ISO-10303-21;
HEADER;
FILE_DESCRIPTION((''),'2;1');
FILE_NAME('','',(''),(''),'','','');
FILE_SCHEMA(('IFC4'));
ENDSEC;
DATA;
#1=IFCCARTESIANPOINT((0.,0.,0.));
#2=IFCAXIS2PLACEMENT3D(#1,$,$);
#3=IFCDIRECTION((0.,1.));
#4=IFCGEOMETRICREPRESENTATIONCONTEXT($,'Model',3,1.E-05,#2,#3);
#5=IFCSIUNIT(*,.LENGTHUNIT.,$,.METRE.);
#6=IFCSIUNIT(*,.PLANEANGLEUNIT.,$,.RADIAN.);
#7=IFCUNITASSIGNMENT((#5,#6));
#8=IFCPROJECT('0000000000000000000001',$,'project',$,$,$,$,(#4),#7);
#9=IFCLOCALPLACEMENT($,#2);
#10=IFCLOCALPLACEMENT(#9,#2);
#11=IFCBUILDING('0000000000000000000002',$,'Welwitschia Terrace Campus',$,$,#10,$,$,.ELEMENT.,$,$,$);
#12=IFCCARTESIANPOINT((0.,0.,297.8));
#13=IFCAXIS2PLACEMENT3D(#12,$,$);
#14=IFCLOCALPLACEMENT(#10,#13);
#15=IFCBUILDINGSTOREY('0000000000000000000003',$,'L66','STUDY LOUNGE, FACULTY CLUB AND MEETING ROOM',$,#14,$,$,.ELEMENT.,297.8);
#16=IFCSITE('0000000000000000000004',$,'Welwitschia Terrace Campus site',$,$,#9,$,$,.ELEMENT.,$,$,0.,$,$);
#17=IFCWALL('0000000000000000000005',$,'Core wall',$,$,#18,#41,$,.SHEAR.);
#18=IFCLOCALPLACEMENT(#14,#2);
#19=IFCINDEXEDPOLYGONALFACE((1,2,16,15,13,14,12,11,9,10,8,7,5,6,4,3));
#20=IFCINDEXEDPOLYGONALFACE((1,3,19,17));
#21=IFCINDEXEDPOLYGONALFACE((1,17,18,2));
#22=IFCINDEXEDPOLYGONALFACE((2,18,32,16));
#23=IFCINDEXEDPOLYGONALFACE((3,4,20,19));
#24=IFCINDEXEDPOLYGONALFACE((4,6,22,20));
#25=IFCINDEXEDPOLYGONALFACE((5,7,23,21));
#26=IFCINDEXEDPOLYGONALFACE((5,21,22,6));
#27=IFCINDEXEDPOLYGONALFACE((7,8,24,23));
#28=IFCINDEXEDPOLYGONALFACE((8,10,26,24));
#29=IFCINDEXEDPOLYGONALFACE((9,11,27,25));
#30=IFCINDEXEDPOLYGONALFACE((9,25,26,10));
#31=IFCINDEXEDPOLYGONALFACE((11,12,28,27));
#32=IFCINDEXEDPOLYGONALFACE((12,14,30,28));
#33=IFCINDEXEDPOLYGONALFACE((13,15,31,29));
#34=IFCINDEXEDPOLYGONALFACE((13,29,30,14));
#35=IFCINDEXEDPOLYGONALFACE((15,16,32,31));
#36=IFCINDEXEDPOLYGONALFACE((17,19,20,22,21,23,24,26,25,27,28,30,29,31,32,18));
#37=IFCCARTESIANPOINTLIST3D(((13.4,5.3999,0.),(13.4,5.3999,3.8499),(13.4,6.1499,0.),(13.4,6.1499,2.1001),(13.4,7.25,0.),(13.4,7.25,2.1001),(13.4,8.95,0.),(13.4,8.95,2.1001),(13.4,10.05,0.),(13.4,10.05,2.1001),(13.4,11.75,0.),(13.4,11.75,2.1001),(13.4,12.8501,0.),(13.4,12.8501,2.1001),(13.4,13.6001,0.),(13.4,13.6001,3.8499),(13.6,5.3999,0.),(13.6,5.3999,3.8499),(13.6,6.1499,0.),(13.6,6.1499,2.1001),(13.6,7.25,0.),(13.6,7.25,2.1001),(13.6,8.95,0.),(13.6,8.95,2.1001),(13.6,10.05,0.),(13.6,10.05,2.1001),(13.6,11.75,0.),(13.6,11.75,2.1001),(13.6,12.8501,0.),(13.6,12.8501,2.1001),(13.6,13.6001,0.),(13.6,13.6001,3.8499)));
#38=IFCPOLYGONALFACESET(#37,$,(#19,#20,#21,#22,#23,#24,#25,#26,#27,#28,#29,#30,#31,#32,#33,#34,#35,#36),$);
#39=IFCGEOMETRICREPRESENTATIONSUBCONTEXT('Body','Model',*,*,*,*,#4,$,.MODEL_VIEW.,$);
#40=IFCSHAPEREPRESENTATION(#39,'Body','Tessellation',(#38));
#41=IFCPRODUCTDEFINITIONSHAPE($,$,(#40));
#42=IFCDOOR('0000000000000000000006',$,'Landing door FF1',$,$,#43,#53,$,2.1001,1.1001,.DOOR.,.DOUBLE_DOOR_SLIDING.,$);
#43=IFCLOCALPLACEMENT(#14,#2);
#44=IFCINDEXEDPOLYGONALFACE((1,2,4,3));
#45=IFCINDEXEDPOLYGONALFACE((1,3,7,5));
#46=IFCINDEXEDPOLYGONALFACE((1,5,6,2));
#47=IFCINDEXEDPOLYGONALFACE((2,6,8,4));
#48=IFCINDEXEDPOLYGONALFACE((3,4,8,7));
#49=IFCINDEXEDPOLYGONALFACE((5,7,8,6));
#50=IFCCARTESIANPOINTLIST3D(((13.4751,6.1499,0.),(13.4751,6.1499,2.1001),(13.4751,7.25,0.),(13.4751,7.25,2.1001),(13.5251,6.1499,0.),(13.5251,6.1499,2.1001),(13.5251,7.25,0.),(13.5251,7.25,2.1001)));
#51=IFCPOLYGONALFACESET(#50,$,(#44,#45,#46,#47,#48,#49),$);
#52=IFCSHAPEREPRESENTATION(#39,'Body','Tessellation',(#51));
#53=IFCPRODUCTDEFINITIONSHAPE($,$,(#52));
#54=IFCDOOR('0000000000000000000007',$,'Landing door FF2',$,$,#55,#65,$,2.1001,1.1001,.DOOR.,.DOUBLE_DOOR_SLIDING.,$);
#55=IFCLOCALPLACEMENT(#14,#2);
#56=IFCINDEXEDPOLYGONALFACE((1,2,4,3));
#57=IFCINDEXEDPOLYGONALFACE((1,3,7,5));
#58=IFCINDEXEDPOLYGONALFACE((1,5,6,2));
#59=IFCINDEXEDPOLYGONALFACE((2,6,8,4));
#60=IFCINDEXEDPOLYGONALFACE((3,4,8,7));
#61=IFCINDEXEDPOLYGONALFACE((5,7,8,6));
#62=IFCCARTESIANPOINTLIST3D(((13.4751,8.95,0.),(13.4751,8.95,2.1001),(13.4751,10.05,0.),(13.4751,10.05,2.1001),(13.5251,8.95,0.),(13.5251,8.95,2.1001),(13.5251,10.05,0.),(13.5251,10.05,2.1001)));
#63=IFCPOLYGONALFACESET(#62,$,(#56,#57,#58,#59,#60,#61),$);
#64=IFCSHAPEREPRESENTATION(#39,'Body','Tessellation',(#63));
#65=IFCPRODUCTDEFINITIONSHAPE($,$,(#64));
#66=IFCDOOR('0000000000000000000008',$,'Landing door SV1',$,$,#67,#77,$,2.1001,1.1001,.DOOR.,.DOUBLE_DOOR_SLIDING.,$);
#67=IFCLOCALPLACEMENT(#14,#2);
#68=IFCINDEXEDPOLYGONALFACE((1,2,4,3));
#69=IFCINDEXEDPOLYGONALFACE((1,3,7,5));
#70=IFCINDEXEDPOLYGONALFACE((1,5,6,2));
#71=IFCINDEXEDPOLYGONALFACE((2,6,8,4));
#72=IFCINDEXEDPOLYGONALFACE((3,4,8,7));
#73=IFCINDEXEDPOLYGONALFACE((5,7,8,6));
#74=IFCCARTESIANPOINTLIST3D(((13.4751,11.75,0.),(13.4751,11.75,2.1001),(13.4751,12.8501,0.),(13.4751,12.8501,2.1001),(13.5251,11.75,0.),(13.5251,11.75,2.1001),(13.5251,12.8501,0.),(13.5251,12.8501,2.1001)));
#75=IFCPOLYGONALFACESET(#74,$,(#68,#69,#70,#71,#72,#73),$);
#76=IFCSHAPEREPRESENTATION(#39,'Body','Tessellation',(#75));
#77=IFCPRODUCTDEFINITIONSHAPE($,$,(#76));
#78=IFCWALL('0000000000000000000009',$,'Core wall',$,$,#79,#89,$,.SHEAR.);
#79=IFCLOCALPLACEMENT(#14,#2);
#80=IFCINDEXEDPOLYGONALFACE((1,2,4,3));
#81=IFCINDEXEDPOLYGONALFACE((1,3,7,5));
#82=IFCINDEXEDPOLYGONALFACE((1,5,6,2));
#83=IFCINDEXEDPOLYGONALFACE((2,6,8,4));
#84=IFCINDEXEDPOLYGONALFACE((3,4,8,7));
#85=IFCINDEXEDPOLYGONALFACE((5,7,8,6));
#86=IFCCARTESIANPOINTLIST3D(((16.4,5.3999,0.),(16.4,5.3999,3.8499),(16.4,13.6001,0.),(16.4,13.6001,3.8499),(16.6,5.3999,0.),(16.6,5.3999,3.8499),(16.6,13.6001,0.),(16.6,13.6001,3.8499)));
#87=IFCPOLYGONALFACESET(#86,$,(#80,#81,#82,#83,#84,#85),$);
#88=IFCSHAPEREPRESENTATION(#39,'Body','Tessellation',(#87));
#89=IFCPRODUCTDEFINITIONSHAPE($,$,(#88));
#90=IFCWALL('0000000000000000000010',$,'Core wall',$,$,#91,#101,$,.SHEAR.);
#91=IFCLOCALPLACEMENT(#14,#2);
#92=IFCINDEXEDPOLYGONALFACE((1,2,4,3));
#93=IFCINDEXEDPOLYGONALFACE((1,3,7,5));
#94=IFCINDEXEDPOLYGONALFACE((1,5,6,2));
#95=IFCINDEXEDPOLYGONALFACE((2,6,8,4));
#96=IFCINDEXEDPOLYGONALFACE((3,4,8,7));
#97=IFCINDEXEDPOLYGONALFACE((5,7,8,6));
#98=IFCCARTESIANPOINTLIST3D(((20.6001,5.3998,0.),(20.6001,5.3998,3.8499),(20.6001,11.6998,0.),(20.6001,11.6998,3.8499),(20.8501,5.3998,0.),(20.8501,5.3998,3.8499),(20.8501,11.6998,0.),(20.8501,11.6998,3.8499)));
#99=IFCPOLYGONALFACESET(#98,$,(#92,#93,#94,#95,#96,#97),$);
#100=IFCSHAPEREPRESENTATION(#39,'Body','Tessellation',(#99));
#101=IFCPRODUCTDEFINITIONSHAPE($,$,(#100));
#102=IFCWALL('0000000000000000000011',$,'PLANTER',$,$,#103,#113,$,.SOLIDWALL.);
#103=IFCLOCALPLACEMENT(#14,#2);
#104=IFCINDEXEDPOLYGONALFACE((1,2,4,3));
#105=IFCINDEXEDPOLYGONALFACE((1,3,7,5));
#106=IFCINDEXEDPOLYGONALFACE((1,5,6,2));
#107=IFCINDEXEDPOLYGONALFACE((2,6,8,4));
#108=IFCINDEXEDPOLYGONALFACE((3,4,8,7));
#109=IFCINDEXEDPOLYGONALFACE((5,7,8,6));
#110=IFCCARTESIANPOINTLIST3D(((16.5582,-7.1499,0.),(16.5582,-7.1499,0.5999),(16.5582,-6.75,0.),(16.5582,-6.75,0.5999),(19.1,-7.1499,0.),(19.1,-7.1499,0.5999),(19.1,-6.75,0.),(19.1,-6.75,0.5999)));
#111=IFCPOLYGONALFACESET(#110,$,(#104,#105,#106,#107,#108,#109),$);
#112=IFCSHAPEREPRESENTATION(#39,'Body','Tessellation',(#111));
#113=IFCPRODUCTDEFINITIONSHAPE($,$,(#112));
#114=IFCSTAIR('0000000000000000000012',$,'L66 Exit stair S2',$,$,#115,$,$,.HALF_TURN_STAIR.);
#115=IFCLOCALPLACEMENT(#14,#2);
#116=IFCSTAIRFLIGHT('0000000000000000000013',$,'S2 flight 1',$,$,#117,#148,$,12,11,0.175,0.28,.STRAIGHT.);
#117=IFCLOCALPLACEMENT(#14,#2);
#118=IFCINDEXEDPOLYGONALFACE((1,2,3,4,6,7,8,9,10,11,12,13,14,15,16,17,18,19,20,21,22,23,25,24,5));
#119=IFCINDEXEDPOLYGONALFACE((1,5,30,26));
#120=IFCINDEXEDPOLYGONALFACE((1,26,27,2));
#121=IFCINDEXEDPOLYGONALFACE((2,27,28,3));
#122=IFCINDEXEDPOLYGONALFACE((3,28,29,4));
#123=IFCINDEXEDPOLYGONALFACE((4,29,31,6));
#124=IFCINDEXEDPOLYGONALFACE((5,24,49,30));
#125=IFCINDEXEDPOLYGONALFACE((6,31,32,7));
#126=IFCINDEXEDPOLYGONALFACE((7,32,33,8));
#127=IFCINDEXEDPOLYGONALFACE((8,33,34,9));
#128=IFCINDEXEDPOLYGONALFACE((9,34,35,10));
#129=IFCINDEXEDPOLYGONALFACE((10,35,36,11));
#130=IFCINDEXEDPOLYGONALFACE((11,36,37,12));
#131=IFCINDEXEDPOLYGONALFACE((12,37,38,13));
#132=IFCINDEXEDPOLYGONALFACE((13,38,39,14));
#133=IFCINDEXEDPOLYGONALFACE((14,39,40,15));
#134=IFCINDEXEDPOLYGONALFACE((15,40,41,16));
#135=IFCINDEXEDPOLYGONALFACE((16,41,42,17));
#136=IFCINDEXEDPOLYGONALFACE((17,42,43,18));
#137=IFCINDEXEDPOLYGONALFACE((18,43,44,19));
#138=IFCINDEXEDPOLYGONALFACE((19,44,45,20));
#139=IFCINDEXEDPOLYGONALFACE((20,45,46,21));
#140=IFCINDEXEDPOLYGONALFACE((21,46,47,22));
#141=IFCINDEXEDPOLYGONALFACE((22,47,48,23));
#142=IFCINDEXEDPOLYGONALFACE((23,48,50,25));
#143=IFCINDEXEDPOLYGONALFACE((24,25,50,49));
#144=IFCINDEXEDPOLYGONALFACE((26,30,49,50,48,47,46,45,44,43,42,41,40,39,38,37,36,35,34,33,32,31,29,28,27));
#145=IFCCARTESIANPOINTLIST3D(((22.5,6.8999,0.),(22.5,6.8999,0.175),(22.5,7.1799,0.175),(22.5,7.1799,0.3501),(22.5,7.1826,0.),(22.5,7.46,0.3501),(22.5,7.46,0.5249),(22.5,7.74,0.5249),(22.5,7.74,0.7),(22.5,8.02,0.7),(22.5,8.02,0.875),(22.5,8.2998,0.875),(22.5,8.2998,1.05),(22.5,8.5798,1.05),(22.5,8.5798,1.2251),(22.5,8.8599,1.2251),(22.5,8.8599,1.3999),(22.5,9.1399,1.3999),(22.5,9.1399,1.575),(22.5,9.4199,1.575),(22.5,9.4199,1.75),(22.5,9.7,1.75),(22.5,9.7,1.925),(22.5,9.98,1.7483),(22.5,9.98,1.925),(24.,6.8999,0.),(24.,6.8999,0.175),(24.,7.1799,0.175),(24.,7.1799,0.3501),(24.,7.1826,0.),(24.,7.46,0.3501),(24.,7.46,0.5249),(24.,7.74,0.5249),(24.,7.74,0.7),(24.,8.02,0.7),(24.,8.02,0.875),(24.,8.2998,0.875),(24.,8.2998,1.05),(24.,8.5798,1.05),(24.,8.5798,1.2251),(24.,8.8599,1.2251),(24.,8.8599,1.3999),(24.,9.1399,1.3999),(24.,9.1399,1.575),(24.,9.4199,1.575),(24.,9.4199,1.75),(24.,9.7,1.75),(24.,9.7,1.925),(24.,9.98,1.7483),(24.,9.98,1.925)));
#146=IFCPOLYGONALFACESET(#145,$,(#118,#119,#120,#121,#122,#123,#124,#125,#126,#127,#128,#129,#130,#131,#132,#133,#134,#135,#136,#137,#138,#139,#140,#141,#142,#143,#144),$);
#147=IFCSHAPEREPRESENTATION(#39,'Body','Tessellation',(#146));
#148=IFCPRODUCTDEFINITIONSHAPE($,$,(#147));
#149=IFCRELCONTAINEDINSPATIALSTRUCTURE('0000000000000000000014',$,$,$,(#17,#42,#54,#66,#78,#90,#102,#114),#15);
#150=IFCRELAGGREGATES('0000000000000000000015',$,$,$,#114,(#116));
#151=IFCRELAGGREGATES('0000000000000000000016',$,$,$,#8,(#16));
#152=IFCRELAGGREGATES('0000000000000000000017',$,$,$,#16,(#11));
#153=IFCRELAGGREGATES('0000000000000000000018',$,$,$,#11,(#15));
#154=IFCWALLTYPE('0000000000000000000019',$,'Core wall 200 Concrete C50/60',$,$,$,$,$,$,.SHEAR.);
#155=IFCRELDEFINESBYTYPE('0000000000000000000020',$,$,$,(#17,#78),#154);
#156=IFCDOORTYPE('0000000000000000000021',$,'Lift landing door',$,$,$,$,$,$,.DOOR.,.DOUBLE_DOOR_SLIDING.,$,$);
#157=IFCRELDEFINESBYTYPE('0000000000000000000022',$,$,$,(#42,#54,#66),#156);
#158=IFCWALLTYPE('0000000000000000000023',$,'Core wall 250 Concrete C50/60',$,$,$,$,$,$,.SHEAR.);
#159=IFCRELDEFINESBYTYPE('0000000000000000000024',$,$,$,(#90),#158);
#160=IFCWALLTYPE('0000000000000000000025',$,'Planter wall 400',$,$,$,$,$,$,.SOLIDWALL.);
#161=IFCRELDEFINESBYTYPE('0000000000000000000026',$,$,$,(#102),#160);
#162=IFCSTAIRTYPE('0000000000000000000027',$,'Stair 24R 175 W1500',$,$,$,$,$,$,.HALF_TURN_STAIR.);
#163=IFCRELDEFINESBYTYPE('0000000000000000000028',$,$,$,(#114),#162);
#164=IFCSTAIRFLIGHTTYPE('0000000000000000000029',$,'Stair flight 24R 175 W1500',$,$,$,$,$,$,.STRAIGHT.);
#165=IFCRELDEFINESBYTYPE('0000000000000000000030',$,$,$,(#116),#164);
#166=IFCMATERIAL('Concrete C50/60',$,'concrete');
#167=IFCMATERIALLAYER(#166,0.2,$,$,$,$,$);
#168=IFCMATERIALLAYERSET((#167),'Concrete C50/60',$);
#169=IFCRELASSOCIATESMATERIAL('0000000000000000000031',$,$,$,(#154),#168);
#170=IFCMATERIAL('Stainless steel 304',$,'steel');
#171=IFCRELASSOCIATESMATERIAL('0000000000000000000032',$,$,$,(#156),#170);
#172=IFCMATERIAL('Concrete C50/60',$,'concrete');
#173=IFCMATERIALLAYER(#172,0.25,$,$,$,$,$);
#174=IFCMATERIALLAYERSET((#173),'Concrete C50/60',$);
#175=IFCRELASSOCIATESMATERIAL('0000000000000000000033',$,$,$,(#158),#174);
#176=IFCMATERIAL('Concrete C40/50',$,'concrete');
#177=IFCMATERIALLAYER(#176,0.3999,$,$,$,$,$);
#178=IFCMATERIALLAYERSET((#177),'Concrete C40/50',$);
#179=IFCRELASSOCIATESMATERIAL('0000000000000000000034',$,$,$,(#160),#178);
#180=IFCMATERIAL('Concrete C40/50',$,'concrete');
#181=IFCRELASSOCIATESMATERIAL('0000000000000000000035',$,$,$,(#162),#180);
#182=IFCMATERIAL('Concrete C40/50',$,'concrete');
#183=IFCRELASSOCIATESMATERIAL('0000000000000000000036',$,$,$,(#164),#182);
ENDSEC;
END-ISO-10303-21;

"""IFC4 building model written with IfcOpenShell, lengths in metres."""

from ifc_helpers import new_model, si_unit, direction, frame, frame_2d, origin, place, context, subcontext, project, spatial, polyline, rectangle, outline, extrude, material, layer, layer_set, type_object, element, fill, aggregate, save


model = new_model("IFC4")

# Units and contexts
model_context = context("Model", 3, precision=1e-05, world=origin(), true_north=direction((0.0, 1.0)))
body_context = subcontext(model_context, "Body", "Model", "MODEL_VIEW")
ifc_project = project(units=[si_unit("LENGTHUNIT", "METRE"), si_unit("PLANEANGLEUNIT", "RADIAN")], contexts=[model_context])

# Site, building, storey
site_placement = place(None, origin())
site = spatial("IfcSite", under=ifc_project, at=site_placement, Name="Welwitschia Terrace Campus site", CompositionType="ELEMENT", RefElevation=0.0)
building_placement = place(site_placement, origin())
building = spatial("IfcBuilding", under=site, at=building_placement, Name="Welwitschia Terrace Campus", CompositionType="ELEMENT")
storey_placement = place(building_placement, frame((0.0, 0.0, 297.8)))
storey = spatial("IfcBuildingStorey", under=building, at=storey_placement, Name="L66", Description="STUDY LOUNGE, FACULTY CLUB AND MEETING ROOM", CompositionType="ELEMENT", Elevation=297.8)

# Shared definitions
ifc_material_1 = material(Name="Concrete C50/60", Category="concrete")
ifc_layer_1 = layer(ifc_material_1, 0.2)
ifc_layer_set_1 = layer_set([ifc_layer_1], Name="Concrete C50/60")
wall_type_1 = type_object("IfcWallType", Name="Core wall 200 Concrete C50/60", PredefinedType="SHEAR", material=ifc_layer_set_1)

# Wall, openings, doors
wall_1_placement = place(storey_placement, frame((13.5, 5.3999, 0.0), z_axis=(0.0, 0.0, 1.0), x_axis=(0.0, 1.0, 0.0)))
wall_1 = element("IfcWall", 1, at=wall_1_placement, inside=storey, type_object=wall_type_1, Name="Core wall", PredefinedType="SHEAR", context=body_context, shape_type="SweptSolid", body=[
    extrude(rectangle(XDim=8.2002, YDim=0.2, at=frame_2d((4.1001, 0.0))), origin(), (0.0, 0.0, 1.0), 3.8499),
])
opening_1_placement = place(wall_1_placement, frame((0.75, 0.0, 0.0)))
opening_1 = element("IfcOpeningElement", 2, at=opening_1_placement, cuts=wall_1, PredefinedType="OPENING", context=body_context, shape_type="SweptSolid", body=[
    extrude(rectangle(XDim=1.1001, YDim=2.1001, at=frame_2d((0.55, 1.05))), frame((0.0, 0.1099, 0.0), z_axis=(0.0, -1.0, 0.0), x_axis=(1.0, 0.0, 0.0)), (0.0, 0.0, 1.0), 0.22),
])
opening_2_placement = place(wall_1_placement, frame((3.55, 0.0, 0.0)))
opening_2 = element("IfcOpeningElement", 3, at=opening_2_placement, cuts=wall_1, PredefinedType="OPENING", context=body_context, shape_type="SweptSolid", body=[
    extrude(rectangle(XDim=1.1001, YDim=2.1001, at=frame_2d((0.55, 1.05))), frame((0.0, 0.1099, 0.0), z_axis=(0.0, -1.0, 0.0), x_axis=(1.0, 0.0, 0.0)), (0.0, 0.0, 1.0), 0.22),
])
opening_3_placement = place(wall_1_placement, frame((6.3501, 0.0, 0.0)))
opening_3 = element("IfcOpeningElement", 4, at=opening_3_placement, cuts=wall_1, PredefinedType="OPENING", context=body_context, shape_type="SweptSolid", body=[
    extrude(rectangle(XDim=1.1001, YDim=2.1001, at=frame_2d((0.55, 1.05))), frame((0.0, 0.1099, 0.0), z_axis=(0.0, -1.0, 0.0), x_axis=(1.0, 0.0, 0.0)), (0.0, 0.0, 1.0), 0.22),
])
ifc_material_2 = material(Name="Stainless steel 304", Category="steel")
door_type_1 = type_object("IfcDoorType", Name="Lift landing door", OperationType="DOUBLE_DOOR_SLIDING", PredefinedType="DOOR", material=ifc_material_2)
door_1_placement = place(opening_1_placement, origin())
door_1 = element("IfcDoor", 5, at=door_1_placement, inside=storey, type_object=door_type_1, Name="Landing door FF1", OperationType="DOUBLE_DOOR_SLIDING", OverallHeight=2.1001, OverallWidth=1.1001, PredefinedType="DOOR", context=body_context, shape_type="SweptSolid", body=[
    extrude(rectangle(XDim=1.1001, YDim=2.1001, at=frame_2d((0.55, 1.05))), frame((0.0, 0.0249, 0.0), z_axis=(0.0, -1.0, 0.0), x_axis=(1.0, 0.0, 0.0)), (0.0, 0.0, 1.0), 0.05),
])
fill(opening_1, door_1)
door_2_placement = place(opening_2_placement, origin())
door_2 = element("IfcDoor", 6, at=door_2_placement, inside=storey, type_object=door_type_1, Name="Landing door FF2", OperationType="DOUBLE_DOOR_SLIDING", OverallHeight=2.1001, OverallWidth=1.1001, PredefinedType="DOOR", context=body_context, shape_type="SweptSolid", body=[
    extrude(rectangle(XDim=1.1001, YDim=2.1001, at=frame_2d((0.55, 1.05))), frame((0.0, 0.0249, 0.0), z_axis=(0.0, -1.0, 0.0), x_axis=(1.0, 0.0, 0.0)), (0.0, 0.0, 1.0), 0.05),
])
fill(opening_2, door_2)
door_3_placement = place(opening_3_placement, origin())
door_3 = element("IfcDoor", 7, at=door_3_placement, inside=storey, type_object=door_type_1, Name="Landing door SV1", OperationType="DOUBLE_DOOR_SLIDING", OverallHeight=2.1001, OverallWidth=1.1001, PredefinedType="DOOR", context=body_context, shape_type="SweptSolid", body=[
    extrude(rectangle(XDim=1.1001, YDim=2.1001, at=frame_2d((0.55, 1.05))), frame((0.0, 0.0249, 0.0), z_axis=(0.0, -1.0, 0.0), x_axis=(1.0, 0.0, 0.0)), (0.0, 0.0, 1.0), 0.05),
])
fill(opening_3, door_3)

# Walls
wall_2_placement = place(storey_placement, frame((16.5, 5.3999, 0.0), z_axis=(0.0, 0.0, 1.0), x_axis=(0.0, 1.0, 0.0)))
element("IfcWall", 8, at=wall_2_placement, inside=storey, type_object=wall_type_1, Name="Core wall", PredefinedType="SHEAR", context=body_context, shape_type="SweptSolid", body=[
    extrude(rectangle(XDim=8.2002, YDim=0.2, at=frame_2d((4.1001, 0.0))), origin(), (0.0, 0.0, 1.0), 3.8499),
])
ifc_material_3 = material(Name="Concrete C50/60", Category="concrete")
ifc_layer_2 = layer(ifc_material_3, 0.25)
ifc_layer_set_2 = layer_set([ifc_layer_2], Name="Concrete C50/60")
wall_type_2 = type_object("IfcWallType", Name="Core wall 250 Concrete C50/60", PredefinedType="SHEAR", material=ifc_layer_set_2)
wall_3_placement = place(storey_placement, frame((20.7251, 5.3999, 0.0), z_axis=(0.0, 0.0, 1.0), x_axis=(0.0, 1.0, 0.0)))
element("IfcWall", 9, at=wall_3_placement, inside=storey, type_object=wall_type_2, Name="Core wall", PredefinedType="SHEAR", context=body_context, shape_type="SweptSolid", body=[
    extrude(rectangle(XDim=6.3, YDim=0.25, at=frame_2d((3.1499, 0.0))), origin(), (0.0, 0.0, 1.0), 3.8499),
])
ifc_material_4 = material(Name="Concrete C40/50", Category="concrete")
ifc_layer_3 = layer(ifc_material_4, 0.3999)
ifc_layer_set_3 = layer_set([ifc_layer_3], Name="Concrete C40/50")
wall_type_3 = type_object("IfcWallType", Name="Planter wall 400", PredefinedType="SOLIDWALL", material=ifc_layer_set_3)
wall_4_placement = place(storey_placement, frame((19.1001, -6.95, 0.0), z_axis=(0.0, 0.0, 1.0), x_axis=(-1.0, 0.0, 0.0)))
element("IfcWall", 10, at=wall_4_placement, inside=storey, type_object=wall_type_3, Name="PLANTER", PredefinedType="SOLIDWALL", context=body_context, shape_type="SweptSolid", body=[
    extrude(rectangle(XDim=2.5417, YDim=0.3999, at=frame_2d((1.271, 0.0))), origin(), (0.0, 0.0, 1.0), 0.5999),
])

# Stair, stair flight
ifc_material_5 = material(Name="Concrete C40/50", Category="concrete")
stair_type = type_object("IfcStairType", Name="Stair 24R 175 W1500", PredefinedType="HALF_TURN_STAIR", material=ifc_material_5)
stair_placement = place(storey_placement, origin())
stair = element("IfcStair", 11, at=stair_placement, inside=storey, type_object=stair_type, Name="L66 Exit stair S2", PredefinedType="HALF_TURN_STAIR")
ifc_material_6 = material(Name="Concrete C40/50", Category="concrete")
stair_flight_type = type_object("IfcStairFlightType", Name="Stair flight 24R 175 W1500", PredefinedType="STRAIGHT", material=ifc_material_6)
stair_flight_placement = place(storey_placement, frame((23.25, 6.8999, 0.0), z_axis=(0.0, 0.0, 1.0), x_axis=(0.0, 1.0, 0.0)))
stair_flight = element("IfcStairFlight", 12, at=stair_flight_placement, type_object=stair_flight_type, Name="S2 flight 1", NumberOfRisers=12, NumberOfTreads=11, PredefinedType="STRAIGHT", RiserHeight=0.175, TreadLength=0.28, context=body_context, shape_type="SweptSolid", body=[
    extrude(outline(polyline([(0.0, 0.0), (0.0, 0.175), (0.28, 0.175), (0.28, 0.3501), (0.5601, 0.3501), (0.5601, 0.5249), (0.8401, 0.5249), (0.8401, 0.7), (1.1201, 0.7), (1.1201, 0.875), (1.3999, 0.875), (1.3999, 1.05), (1.6799, 1.05), (1.6799, 1.2251), (1.96, 1.2251), (1.96, 1.3999), (2.24, 1.3999), (2.24, 1.575), (2.52, 1.575), (2.52, 1.75), (2.8, 1.75), (2.8, 1.925), (3.0801, 1.925), (3.0801, 2.1001), (3.0801, 1.7483), (0.2827, 0.0), (0.0, 0.0)])), frame((0.0, 0.75, 0.0), z_axis=(0.0, -1.0, 0.0), x_axis=(1.0, 0.0, 0.0)), (0.0, 0.0, 1.0), 1.5),
])
aggregate(stair, [stair_flight])

save(model, "model.ifc")
